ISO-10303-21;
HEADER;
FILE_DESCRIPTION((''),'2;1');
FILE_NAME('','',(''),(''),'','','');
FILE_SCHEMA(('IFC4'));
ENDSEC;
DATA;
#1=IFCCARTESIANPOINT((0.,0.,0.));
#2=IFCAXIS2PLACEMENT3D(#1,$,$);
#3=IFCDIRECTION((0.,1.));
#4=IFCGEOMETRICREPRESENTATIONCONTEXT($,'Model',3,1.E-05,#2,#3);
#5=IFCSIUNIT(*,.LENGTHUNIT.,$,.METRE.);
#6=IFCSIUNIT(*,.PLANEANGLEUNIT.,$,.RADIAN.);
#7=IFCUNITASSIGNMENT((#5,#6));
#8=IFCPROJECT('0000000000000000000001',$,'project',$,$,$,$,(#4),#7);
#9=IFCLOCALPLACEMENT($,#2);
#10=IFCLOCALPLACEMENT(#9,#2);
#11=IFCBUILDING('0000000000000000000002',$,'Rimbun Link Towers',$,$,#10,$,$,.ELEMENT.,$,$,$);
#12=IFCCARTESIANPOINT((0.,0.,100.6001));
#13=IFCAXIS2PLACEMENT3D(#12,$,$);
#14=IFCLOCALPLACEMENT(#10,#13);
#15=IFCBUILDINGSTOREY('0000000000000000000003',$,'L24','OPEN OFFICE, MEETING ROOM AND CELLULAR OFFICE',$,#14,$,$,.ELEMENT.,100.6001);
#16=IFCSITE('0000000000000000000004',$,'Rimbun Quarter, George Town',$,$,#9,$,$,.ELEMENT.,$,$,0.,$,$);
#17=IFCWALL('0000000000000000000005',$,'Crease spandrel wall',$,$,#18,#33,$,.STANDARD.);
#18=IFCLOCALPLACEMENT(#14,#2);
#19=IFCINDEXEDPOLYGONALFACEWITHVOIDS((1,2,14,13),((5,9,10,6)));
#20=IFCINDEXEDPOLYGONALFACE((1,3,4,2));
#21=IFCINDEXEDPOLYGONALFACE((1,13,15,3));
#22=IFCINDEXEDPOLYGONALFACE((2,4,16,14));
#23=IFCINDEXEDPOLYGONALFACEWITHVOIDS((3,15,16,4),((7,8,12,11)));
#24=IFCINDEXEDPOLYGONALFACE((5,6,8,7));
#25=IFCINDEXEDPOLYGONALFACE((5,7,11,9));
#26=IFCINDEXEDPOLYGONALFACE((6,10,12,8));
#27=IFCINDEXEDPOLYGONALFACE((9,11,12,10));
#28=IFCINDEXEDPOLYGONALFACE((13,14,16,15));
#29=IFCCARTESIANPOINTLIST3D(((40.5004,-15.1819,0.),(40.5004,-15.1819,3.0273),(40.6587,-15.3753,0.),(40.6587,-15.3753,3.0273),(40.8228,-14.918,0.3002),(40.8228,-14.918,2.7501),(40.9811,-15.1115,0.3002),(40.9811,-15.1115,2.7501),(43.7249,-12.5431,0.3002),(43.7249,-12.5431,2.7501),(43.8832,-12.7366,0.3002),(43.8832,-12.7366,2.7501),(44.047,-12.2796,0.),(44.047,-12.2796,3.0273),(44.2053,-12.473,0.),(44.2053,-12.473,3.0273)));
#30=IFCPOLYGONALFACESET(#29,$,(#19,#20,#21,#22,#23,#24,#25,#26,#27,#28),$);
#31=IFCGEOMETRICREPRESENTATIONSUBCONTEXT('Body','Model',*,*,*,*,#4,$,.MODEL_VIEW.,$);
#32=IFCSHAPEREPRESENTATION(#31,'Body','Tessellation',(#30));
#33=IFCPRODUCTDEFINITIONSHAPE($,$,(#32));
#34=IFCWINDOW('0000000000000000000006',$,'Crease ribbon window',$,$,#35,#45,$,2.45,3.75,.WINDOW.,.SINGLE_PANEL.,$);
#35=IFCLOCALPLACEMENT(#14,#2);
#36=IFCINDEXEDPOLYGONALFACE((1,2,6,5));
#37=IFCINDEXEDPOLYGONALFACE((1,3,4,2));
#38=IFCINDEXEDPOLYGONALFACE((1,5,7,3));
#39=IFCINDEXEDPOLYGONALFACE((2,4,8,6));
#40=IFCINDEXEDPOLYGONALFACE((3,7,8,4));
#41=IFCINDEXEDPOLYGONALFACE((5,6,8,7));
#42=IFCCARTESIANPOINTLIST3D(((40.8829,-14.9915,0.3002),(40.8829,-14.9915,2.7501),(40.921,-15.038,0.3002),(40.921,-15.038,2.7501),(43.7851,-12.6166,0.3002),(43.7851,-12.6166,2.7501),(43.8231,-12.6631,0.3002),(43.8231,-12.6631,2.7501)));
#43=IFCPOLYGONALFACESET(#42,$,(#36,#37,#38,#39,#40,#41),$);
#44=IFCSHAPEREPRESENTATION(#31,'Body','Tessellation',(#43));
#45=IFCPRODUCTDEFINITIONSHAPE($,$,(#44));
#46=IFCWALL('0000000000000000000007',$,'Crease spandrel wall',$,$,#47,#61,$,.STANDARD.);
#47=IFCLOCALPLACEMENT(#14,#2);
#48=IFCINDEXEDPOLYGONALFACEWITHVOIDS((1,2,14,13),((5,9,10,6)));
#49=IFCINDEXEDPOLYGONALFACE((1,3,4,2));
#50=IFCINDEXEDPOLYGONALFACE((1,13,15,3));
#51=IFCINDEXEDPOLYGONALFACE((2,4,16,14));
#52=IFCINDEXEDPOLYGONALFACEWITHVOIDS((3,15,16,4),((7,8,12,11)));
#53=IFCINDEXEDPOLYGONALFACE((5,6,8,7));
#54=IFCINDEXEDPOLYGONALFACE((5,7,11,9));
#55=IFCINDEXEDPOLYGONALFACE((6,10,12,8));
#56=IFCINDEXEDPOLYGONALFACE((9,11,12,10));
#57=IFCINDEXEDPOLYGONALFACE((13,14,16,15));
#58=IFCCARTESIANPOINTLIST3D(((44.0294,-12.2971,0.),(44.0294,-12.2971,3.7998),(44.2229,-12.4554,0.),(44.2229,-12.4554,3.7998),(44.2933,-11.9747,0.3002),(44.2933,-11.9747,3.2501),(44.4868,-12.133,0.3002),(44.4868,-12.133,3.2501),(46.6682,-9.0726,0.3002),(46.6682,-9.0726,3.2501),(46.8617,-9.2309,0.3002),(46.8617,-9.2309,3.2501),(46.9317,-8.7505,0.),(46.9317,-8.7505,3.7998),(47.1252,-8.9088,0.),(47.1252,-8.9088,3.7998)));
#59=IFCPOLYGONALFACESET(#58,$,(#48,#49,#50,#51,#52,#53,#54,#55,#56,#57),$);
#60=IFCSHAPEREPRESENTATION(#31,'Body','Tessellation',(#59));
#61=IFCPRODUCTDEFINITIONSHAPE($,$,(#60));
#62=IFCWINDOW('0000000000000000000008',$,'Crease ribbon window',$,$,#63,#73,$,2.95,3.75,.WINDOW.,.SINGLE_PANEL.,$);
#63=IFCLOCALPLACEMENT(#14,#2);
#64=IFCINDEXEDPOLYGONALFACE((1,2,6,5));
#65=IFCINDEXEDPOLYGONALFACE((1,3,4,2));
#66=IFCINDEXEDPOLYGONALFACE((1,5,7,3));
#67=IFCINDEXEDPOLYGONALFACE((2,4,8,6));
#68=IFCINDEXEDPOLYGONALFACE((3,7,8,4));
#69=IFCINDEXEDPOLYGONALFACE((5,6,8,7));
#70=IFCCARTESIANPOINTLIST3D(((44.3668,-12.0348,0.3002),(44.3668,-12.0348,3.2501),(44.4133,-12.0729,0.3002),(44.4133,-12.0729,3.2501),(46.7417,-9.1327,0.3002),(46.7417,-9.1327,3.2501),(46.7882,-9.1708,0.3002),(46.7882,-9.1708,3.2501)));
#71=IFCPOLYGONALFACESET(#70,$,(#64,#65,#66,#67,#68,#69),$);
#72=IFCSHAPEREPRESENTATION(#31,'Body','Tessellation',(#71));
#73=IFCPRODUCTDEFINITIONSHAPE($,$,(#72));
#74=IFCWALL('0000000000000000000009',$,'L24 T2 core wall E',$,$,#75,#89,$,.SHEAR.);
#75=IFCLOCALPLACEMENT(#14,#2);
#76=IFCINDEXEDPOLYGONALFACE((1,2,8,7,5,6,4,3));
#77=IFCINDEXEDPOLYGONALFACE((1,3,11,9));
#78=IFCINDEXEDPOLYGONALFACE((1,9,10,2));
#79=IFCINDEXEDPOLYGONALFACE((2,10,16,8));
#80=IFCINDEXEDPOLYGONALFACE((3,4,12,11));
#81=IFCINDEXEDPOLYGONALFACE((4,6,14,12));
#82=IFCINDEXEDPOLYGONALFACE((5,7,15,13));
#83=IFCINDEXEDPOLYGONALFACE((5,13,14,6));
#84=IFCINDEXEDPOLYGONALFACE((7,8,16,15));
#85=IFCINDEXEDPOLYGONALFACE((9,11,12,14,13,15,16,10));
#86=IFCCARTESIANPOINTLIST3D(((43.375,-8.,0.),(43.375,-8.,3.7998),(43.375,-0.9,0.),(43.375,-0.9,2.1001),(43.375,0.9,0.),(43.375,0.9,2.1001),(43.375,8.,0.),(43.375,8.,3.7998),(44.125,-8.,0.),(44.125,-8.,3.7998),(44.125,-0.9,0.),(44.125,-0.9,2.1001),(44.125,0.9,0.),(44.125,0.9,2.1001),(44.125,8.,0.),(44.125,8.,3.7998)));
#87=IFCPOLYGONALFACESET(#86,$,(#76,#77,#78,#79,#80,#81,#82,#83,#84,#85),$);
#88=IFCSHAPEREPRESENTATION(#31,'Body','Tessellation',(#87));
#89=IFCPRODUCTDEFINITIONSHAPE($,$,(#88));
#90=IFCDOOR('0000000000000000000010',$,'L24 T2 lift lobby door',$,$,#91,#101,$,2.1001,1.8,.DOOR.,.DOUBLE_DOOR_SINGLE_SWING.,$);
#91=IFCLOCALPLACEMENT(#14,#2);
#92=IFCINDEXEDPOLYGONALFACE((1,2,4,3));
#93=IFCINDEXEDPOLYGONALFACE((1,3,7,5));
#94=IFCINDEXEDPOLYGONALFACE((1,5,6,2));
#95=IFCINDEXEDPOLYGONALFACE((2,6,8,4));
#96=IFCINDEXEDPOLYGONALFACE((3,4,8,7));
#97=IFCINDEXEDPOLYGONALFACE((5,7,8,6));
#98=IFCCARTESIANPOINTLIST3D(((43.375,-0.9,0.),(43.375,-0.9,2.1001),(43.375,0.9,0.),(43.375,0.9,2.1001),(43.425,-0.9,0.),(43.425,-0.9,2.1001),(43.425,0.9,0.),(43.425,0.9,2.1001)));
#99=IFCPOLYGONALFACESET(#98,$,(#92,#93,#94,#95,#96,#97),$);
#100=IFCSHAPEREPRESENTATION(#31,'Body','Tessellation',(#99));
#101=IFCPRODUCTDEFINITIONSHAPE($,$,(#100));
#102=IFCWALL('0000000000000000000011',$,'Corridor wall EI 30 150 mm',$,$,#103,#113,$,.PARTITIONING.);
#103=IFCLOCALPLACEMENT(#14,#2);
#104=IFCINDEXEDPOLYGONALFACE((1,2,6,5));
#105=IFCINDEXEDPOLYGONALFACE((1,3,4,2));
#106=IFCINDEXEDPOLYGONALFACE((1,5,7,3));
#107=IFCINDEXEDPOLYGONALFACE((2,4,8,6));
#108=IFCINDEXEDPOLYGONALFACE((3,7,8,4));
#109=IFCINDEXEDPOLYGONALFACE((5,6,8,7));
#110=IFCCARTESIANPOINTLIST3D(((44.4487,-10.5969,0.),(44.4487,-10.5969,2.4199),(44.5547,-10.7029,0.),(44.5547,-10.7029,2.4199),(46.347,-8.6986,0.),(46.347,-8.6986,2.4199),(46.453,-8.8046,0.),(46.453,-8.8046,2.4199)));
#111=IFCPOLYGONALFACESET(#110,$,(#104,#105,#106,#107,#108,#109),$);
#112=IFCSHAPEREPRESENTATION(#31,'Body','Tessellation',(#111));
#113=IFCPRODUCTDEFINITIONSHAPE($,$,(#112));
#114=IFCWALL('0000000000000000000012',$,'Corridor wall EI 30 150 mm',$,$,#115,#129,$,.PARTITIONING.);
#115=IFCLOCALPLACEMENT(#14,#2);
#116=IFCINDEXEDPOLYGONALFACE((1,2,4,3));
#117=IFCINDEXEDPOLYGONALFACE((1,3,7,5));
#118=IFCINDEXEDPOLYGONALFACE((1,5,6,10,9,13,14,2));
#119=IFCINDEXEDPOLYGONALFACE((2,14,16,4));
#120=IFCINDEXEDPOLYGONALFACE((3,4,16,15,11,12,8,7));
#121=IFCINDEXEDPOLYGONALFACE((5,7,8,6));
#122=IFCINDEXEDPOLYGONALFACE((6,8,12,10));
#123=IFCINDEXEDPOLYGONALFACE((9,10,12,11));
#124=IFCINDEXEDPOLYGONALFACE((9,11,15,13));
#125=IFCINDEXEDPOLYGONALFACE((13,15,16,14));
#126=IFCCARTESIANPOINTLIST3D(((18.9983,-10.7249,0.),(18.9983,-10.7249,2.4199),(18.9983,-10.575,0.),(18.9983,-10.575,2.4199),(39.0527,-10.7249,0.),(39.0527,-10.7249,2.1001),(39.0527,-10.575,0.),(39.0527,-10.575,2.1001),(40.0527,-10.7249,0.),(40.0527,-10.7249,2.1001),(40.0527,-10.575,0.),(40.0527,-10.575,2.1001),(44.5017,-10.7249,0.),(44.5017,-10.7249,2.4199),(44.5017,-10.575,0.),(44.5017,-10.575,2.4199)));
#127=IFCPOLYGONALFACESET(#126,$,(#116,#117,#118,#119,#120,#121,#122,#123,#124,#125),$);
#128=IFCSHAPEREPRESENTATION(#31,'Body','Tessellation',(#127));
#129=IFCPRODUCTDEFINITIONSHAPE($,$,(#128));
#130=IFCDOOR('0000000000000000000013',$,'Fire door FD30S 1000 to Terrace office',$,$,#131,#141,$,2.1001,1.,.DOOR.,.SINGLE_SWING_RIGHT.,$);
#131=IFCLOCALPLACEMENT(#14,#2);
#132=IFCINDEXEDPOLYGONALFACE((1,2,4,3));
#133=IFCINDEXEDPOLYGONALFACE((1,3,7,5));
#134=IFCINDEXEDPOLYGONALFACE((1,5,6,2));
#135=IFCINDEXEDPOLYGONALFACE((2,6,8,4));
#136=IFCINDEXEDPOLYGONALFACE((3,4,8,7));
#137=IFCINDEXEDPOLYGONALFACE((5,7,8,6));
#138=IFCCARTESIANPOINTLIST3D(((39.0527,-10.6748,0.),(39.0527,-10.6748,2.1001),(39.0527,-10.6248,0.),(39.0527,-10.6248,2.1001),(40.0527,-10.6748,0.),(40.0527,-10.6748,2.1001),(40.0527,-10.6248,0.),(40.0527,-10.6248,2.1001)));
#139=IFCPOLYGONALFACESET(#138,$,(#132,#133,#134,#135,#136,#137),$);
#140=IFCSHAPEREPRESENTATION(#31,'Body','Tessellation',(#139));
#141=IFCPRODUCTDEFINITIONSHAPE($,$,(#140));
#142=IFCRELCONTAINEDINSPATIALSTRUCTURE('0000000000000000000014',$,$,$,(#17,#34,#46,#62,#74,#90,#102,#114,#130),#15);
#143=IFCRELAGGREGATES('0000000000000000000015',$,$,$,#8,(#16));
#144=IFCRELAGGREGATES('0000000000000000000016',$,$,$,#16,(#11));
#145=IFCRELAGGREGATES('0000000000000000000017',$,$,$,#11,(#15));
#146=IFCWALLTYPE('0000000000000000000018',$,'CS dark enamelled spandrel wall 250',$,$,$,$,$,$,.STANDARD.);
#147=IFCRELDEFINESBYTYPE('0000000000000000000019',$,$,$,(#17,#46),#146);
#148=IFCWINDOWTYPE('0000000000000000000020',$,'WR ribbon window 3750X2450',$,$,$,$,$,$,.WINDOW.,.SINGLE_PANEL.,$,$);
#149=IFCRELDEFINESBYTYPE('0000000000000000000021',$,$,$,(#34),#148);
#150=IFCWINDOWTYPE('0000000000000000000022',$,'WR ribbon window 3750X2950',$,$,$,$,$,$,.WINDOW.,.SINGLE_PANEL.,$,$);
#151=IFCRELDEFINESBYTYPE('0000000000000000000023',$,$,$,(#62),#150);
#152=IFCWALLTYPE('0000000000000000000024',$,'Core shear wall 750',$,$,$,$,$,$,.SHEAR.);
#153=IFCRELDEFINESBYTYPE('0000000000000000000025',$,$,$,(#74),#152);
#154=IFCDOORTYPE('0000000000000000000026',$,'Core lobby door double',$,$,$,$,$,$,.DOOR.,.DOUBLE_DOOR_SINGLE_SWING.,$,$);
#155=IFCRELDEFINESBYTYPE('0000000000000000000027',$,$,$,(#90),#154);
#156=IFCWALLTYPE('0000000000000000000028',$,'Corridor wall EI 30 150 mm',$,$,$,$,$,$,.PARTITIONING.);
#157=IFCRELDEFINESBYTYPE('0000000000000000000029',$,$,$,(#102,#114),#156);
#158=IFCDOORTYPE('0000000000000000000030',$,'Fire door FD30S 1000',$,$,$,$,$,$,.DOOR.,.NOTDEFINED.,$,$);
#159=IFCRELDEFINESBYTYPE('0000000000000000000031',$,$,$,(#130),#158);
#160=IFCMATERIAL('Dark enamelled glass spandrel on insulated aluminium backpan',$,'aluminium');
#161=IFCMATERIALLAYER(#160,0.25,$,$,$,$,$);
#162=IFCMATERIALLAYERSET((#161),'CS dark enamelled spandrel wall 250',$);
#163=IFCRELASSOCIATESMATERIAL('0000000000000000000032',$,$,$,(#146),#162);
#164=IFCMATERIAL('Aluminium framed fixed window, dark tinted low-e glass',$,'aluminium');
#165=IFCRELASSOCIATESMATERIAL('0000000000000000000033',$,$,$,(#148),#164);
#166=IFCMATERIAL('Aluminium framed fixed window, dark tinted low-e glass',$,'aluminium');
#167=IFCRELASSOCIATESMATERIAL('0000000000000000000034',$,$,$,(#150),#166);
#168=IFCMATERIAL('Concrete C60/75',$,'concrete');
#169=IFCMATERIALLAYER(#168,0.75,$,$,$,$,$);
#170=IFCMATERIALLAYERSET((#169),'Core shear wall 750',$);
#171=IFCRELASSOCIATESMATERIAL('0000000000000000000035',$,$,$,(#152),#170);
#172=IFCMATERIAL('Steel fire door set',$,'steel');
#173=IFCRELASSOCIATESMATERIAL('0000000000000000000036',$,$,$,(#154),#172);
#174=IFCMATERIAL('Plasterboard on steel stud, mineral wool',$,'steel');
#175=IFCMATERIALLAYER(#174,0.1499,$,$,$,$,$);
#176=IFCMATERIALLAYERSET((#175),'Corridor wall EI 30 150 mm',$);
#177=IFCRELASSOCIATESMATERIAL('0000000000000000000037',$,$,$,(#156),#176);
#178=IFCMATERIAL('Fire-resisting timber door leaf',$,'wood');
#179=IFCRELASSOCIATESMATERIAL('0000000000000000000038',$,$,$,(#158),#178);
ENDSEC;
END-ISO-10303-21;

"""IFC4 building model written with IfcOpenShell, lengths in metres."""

from ifc_helpers import new_model, si_unit, direction, frame, frame_2d, origin, place, context, subcontext, project, spatial, rectangle, extrude, material, layer, layer_set, type_object, element, fill, save


model = new_model("IFC4")

# Units and contexts
model_context = context("Model", 3, precision=1e-05, world=origin(), true_north=direction((0.0, 1.0)))
body_context = subcontext(model_context, "Body", "Model", "MODEL_VIEW")
ifc_project = project(units=[si_unit("LENGTHUNIT", "METRE"), si_unit("PLANEANGLEUNIT", "RADIAN")], contexts=[model_context])

# Site, building, storey
site_placement = place(None, origin())
site = spatial("IfcSite", under=ifc_project, at=site_placement, Name="Rimbun Quarter, George Town", CompositionType="ELEMENT", RefElevation=0.0)
building_placement = place(site_placement, origin())
building = spatial("IfcBuilding", under=site, at=building_placement, Name="Rimbun Link Towers", CompositionType="ELEMENT")
storey_placement = place(building_placement, frame((0.0, 0.0, 100.6001)))
storey = spatial("IfcBuildingStorey", under=building, at=storey_placement, Name="L24", Description="OPEN OFFICE, MEETING ROOM AND CELLULAR OFFICE", CompositionType="ELEMENT", Elevation=100.6001)

# Walls, openings, windows
ifc_material_1 = material(Name="Dark enamelled glass spandrel on insulated aluminium backpan", Category="aluminium")
ifc_layer_1 = layer(ifc_material_1, 0.25)
ifc_layer_set_1 = layer_set([ifc_layer_1], Name="CS dark enamelled spandrel wall 250")
wall_type_1 = type_object("IfcWallType", Name="CS dark enamelled spandrel wall 250", PredefinedType="STANDARD", material=ifc_layer_set_1)
ifc_material_2 = material(Name="Aluminium framed fixed window, dark tinted low-e glass", Category="aluminium")
window_type_1 = type_object("IfcWindowType", Name="WR ribbon window 3750X2450", PartitioningType="SINGLE_PANEL", PredefinedType="WINDOW", material=ifc_material_2)
wall_1_placement = place(storey_placement, frame((44.1262, -12.3762, 0.0), z_axis=(0.0, 0.0, 1.0), x_axis=(-0.773898, -0.63331, 0.0)))
wall_1 = element("IfcWall", 1, at=wall_1_placement, inside=storey, type_object=wall_type_1, Name="Crease spandrel wall", PredefinedType="STANDARD", context=body_context, shape_type="SweptSolid", body=[
    extrude(rectangle(XDim=4.5828, YDim=0.25, at=frame_2d((2.2915, 0.0))), origin(), (0.0, 0.0, 1.0), 3.0273),
])
opening_1_placement = place(wall_1_placement, frame((0.4163, 0.0, 0.3)))
opening_1 = element("IfcOpeningElement", 2, at=opening_1_placement, cuts=wall_1, PredefinedType="OPENING", context=body_context, shape_type="SweptSolid", body=[
    extrude(rectangle(XDim=3.75, YDim=2.45, at=frame_2d((1.875, 1.2251))), frame((0.0, 0.135, 0.0), z_axis=(0.0, -1.0, 0.0), x_axis=(1.0, 0.0, 0.0)), (0.0, 0.0, 1.0), 0.27),
])
window_1_placement = place(opening_1_placement, origin())
window_1 = element("IfcWindow", 3, at=window_1_placement, inside=storey, type_object=window_type_1, Name="Crease ribbon window", OverallHeight=2.45, OverallWidth=3.75, PartitioningType="SINGLE_PANEL", PredefinedType="WINDOW", context=body_context, shape_type="SweptSolid", body=[
    extrude(rectangle(XDim=3.75, YDim=2.45, at=frame_2d((1.875, 1.2251))), frame((0.0, 0.03, 0.0), z_axis=(0.0, -1.0, 0.0), x_axis=(1.0, 0.0, 0.0)), (0.0, 0.0, 1.0), 0.0601),
])
fill(opening_1, window_1)
wall_2_placement = place(storey_placement, frame((47.0286, -8.8296, 0.0), z_axis=(0.0, 0.0, 1.0), x_axis=(-0.63331, -0.773898, 0.0)))
wall_2 = element("IfcWall", 4, at=wall_2_placement, inside=storey, type_object=wall_type_1, Name="Crease spandrel wall", PredefinedType="STANDARD", context=body_context, shape_type="SweptSolid", body=[
    extrude(rectangle(XDim=4.5828, YDim=0.25, at=frame_2d((2.2915, 0.0))), origin(), (0.0, 0.0, 1.0), 3.7998),
])
opening_2_placement = place(wall_2_placement, frame((0.4163, 0.0, 0.3)))
opening_2 = element("IfcOpeningElement", 5, at=opening_2_placement, cuts=wall_2, PredefinedType="OPENING", context=body_context, shape_type="SweptSolid", body=[
    extrude(rectangle(XDim=3.75, YDim=2.95, at=frame_2d((1.875, 1.4751))), frame((0.0, 0.135, 0.0), z_axis=(0.0, -1.0, 0.0), x_axis=(1.0, 0.0, 0.0)), (0.0, 0.0, 1.0), 0.27),
])
ifc_material_3 = material(Name="Aluminium framed fixed window, dark tinted low-e glass", Category="aluminium")
window_type_2 = type_object("IfcWindowType", Name="WR ribbon window 3750X2950", PartitioningType="SINGLE_PANEL", PredefinedType="WINDOW", material=ifc_material_3)
window_2_placement = place(opening_2_placement, origin())
window_2 = element("IfcWindow", 6, at=window_2_placement, inside=storey, type_object=window_type_2, Name="Crease ribbon window", OverallHeight=2.95, OverallWidth=3.75, PartitioningType="SINGLE_PANEL", PredefinedType="WINDOW", context=body_context, shape_type="SweptSolid", body=[
    extrude(rectangle(XDim=3.75, YDim=2.95, at=frame_2d((1.875, 1.4751))), frame((0.0, 0.03, 0.0), z_axis=(0.0, -1.0, 0.0), x_axis=(1.0, 0.0, 0.0)), (0.0, 0.0, 1.0), 0.0601),
])
fill(opening_2, window_2)

# Wall, opening, door
ifc_material_4 = material(Name="Concrete C60/75", Category="concrete")
ifc_layer_2 = layer(ifc_material_4, 0.75)
ifc_layer_set_2 = layer_set([ifc_layer_2], Name="Core shear wall 750")
wall_type_2 = type_object("IfcWallType", Name="Core shear wall 750", PredefinedType="SHEAR", material=ifc_layer_set_2)
wall_3_placement = place(storey_placement, frame((43.75, -8.0, 0.0), z_axis=(0.0, 0.0, 1.0), x_axis=(0.0, 1.0, 0.0)))
wall_3 = element("IfcWall", 7, at=wall_3_placement, inside=storey, type_object=wall_type_2, Name="L24 T2 core wall E", PredefinedType="SHEAR", context=body_context, shape_type="SweptSolid", body=[
    extrude(rectangle(XDim=16.0, YDim=0.75, at=frame_2d((8.0, 0.0))), origin(), (0.0, 0.0, 1.0), 3.7998),
])
opening_3_placement = place(wall_3_placement, frame((7.1001, 0.0, 0.0)))
opening_3 = element("IfcOpeningElement", 8, at=opening_3_placement, cuts=wall_3, PredefinedType="OPENING", context=body_context, shape_type="SweptSolid", body=[
    extrude(rectangle(XDim=1.8, YDim=2.1001, at=frame_2d((0.8999, 1.05))), frame((0.0, 0.385, 0.0), z_axis=(0.0, -1.0, 0.0), x_axis=(1.0, 0.0, 0.0)), (0.0, 0.0, 1.0), 0.77),
])
ifc_material_5 = material(Name="Steel fire door set", Category="steel")
door_type_1 = type_object("IfcDoorType", Name="Core lobby door double", OperationType="DOUBLE_DOOR_SINGLE_SWING", PredefinedType="DOOR", material=ifc_material_5)
door_1_placement = place(opening_3_placement, origin())
door_1 = element("IfcDoor", 9, at=door_1_placement, inside=storey, type_object=door_type_1, Name="L24 T2 lift lobby door", OperationType="DOUBLE_DOOR_SINGLE_SWING", OverallHeight=2.1001, OverallWidth=1.8, PredefinedType="DOOR", context=body_context, shape_type="SweptSolid", body=[
    extrude(rectangle(XDim=1.8, YDim=2.1001, at=frame_2d((0.8999, 1.05))), frame((0.0, 0.375, 0.0), z_axis=(0.0, -1.0, 0.0), x_axis=(1.0, 0.0, 0.0)), (0.0, 0.0, 1.0), 0.05),
])
fill(opening_3, door_1)

# Wall
ifc_material_6 = material(Name="Plasterboard on steel stud, mineral wool", Category="steel")
ifc_layer_3 = layer(ifc_material_6, 0.1499)
ifc_layer_set_3 = layer_set([ifc_layer_3], Name="Corridor wall EI 30 150 mm")
wall_type_3 = type_object("IfcWallType", Name="Corridor wall EI 30 150 mm", PredefinedType="PARTITIONING", material=ifc_layer_set_3)
wall_4_placement = place(storey_placement, frame((44.5017, -10.6499, 0.0), z_axis=(0.0, 0.0, 1.0), x_axis=(0.707107, 0.707107, 0.0)))
element("IfcWall", 10, at=wall_4_placement, inside=storey, type_object=wall_type_3, Name="Corridor wall EI 30 150 mm", PredefinedType="PARTITIONING", context=body_context, shape_type="SweptSolid", body=[
    extrude(rectangle(XDim=2.6846, YDim=0.1499, at=frame_2d((1.3423, 0.0))), origin(), (0.0, 0.0, 1.0), 2.4199),
])

# Wall, opening, door
wall_5_placement = place(storey_placement, frame((44.5017, -10.6499, 0.0), z_axis=(0.0, 0.0, 1.0), x_axis=(-1.0, 0.0, 0.0)))
wall_5 = element("IfcWall", 11, at=wall_5_placement, inside=storey, type_object=wall_type_3, Name="Corridor wall EI 30 150 mm", PredefinedType="PARTITIONING", context=body_context, shape_type="SweptSolid", body=[
    extrude(rectangle(XDim=25.5034, YDim=0.1499, at=frame_2d((12.7517, 0.0))), origin(), (0.0, 0.0, 1.0), 2.4199),
])
opening_4_placement = place(wall_5_placement, frame((4.449, 0.0, 0.0)))
opening_4 = element("IfcOpeningElement", 12, at=opening_4_placement, cuts=wall_5, PredefinedType="OPENING", context=body_context, shape_type="SweptSolid", body=[
    extrude(rectangle(XDim=1.0, YDim=2.1001, at=frame_2d((0.5, 1.05))), frame((0.0, 0.085, 0.0), z_axis=(0.0, -1.0, 0.0), x_axis=(1.0, 0.0, 0.0)), (0.0, 0.0, 1.0), 0.1699),
])
ifc_material_7 = material(Name="Fire-resisting timber door leaf", Category="wood")
door_type_2 = type_object("IfcDoorType", Name="Fire door FD30S 1000", OperationType="NOTDEFINED", PredefinedType="DOOR", material=ifc_material_7)
door_2_placement = place(opening_4_placement, origin())
door_2 = element("IfcDoor", 13, at=door_2_placement, inside=storey, type_object=door_type_2, Name="Fire door FD30S 1000 to Terrace office", OperationType="SINGLE_SWING_RIGHT", OverallHeight=2.1001, OverallWidth=1.0, PredefinedType="DOOR", context=body_context, shape_type="SweptSolid", body=[
    extrude(rectangle(XDim=1.0, YDim=2.1001, at=frame_2d((0.5, 1.05))), frame((0.0, 0.0249, 0.0), z_axis=(0.0, -1.0, 0.0), x_axis=(1.0, 0.0, 0.0)), (0.0, 0.0, 1.0), 0.05),
])
fill(opening_4, door_2)

save(model, "model.ifc")
